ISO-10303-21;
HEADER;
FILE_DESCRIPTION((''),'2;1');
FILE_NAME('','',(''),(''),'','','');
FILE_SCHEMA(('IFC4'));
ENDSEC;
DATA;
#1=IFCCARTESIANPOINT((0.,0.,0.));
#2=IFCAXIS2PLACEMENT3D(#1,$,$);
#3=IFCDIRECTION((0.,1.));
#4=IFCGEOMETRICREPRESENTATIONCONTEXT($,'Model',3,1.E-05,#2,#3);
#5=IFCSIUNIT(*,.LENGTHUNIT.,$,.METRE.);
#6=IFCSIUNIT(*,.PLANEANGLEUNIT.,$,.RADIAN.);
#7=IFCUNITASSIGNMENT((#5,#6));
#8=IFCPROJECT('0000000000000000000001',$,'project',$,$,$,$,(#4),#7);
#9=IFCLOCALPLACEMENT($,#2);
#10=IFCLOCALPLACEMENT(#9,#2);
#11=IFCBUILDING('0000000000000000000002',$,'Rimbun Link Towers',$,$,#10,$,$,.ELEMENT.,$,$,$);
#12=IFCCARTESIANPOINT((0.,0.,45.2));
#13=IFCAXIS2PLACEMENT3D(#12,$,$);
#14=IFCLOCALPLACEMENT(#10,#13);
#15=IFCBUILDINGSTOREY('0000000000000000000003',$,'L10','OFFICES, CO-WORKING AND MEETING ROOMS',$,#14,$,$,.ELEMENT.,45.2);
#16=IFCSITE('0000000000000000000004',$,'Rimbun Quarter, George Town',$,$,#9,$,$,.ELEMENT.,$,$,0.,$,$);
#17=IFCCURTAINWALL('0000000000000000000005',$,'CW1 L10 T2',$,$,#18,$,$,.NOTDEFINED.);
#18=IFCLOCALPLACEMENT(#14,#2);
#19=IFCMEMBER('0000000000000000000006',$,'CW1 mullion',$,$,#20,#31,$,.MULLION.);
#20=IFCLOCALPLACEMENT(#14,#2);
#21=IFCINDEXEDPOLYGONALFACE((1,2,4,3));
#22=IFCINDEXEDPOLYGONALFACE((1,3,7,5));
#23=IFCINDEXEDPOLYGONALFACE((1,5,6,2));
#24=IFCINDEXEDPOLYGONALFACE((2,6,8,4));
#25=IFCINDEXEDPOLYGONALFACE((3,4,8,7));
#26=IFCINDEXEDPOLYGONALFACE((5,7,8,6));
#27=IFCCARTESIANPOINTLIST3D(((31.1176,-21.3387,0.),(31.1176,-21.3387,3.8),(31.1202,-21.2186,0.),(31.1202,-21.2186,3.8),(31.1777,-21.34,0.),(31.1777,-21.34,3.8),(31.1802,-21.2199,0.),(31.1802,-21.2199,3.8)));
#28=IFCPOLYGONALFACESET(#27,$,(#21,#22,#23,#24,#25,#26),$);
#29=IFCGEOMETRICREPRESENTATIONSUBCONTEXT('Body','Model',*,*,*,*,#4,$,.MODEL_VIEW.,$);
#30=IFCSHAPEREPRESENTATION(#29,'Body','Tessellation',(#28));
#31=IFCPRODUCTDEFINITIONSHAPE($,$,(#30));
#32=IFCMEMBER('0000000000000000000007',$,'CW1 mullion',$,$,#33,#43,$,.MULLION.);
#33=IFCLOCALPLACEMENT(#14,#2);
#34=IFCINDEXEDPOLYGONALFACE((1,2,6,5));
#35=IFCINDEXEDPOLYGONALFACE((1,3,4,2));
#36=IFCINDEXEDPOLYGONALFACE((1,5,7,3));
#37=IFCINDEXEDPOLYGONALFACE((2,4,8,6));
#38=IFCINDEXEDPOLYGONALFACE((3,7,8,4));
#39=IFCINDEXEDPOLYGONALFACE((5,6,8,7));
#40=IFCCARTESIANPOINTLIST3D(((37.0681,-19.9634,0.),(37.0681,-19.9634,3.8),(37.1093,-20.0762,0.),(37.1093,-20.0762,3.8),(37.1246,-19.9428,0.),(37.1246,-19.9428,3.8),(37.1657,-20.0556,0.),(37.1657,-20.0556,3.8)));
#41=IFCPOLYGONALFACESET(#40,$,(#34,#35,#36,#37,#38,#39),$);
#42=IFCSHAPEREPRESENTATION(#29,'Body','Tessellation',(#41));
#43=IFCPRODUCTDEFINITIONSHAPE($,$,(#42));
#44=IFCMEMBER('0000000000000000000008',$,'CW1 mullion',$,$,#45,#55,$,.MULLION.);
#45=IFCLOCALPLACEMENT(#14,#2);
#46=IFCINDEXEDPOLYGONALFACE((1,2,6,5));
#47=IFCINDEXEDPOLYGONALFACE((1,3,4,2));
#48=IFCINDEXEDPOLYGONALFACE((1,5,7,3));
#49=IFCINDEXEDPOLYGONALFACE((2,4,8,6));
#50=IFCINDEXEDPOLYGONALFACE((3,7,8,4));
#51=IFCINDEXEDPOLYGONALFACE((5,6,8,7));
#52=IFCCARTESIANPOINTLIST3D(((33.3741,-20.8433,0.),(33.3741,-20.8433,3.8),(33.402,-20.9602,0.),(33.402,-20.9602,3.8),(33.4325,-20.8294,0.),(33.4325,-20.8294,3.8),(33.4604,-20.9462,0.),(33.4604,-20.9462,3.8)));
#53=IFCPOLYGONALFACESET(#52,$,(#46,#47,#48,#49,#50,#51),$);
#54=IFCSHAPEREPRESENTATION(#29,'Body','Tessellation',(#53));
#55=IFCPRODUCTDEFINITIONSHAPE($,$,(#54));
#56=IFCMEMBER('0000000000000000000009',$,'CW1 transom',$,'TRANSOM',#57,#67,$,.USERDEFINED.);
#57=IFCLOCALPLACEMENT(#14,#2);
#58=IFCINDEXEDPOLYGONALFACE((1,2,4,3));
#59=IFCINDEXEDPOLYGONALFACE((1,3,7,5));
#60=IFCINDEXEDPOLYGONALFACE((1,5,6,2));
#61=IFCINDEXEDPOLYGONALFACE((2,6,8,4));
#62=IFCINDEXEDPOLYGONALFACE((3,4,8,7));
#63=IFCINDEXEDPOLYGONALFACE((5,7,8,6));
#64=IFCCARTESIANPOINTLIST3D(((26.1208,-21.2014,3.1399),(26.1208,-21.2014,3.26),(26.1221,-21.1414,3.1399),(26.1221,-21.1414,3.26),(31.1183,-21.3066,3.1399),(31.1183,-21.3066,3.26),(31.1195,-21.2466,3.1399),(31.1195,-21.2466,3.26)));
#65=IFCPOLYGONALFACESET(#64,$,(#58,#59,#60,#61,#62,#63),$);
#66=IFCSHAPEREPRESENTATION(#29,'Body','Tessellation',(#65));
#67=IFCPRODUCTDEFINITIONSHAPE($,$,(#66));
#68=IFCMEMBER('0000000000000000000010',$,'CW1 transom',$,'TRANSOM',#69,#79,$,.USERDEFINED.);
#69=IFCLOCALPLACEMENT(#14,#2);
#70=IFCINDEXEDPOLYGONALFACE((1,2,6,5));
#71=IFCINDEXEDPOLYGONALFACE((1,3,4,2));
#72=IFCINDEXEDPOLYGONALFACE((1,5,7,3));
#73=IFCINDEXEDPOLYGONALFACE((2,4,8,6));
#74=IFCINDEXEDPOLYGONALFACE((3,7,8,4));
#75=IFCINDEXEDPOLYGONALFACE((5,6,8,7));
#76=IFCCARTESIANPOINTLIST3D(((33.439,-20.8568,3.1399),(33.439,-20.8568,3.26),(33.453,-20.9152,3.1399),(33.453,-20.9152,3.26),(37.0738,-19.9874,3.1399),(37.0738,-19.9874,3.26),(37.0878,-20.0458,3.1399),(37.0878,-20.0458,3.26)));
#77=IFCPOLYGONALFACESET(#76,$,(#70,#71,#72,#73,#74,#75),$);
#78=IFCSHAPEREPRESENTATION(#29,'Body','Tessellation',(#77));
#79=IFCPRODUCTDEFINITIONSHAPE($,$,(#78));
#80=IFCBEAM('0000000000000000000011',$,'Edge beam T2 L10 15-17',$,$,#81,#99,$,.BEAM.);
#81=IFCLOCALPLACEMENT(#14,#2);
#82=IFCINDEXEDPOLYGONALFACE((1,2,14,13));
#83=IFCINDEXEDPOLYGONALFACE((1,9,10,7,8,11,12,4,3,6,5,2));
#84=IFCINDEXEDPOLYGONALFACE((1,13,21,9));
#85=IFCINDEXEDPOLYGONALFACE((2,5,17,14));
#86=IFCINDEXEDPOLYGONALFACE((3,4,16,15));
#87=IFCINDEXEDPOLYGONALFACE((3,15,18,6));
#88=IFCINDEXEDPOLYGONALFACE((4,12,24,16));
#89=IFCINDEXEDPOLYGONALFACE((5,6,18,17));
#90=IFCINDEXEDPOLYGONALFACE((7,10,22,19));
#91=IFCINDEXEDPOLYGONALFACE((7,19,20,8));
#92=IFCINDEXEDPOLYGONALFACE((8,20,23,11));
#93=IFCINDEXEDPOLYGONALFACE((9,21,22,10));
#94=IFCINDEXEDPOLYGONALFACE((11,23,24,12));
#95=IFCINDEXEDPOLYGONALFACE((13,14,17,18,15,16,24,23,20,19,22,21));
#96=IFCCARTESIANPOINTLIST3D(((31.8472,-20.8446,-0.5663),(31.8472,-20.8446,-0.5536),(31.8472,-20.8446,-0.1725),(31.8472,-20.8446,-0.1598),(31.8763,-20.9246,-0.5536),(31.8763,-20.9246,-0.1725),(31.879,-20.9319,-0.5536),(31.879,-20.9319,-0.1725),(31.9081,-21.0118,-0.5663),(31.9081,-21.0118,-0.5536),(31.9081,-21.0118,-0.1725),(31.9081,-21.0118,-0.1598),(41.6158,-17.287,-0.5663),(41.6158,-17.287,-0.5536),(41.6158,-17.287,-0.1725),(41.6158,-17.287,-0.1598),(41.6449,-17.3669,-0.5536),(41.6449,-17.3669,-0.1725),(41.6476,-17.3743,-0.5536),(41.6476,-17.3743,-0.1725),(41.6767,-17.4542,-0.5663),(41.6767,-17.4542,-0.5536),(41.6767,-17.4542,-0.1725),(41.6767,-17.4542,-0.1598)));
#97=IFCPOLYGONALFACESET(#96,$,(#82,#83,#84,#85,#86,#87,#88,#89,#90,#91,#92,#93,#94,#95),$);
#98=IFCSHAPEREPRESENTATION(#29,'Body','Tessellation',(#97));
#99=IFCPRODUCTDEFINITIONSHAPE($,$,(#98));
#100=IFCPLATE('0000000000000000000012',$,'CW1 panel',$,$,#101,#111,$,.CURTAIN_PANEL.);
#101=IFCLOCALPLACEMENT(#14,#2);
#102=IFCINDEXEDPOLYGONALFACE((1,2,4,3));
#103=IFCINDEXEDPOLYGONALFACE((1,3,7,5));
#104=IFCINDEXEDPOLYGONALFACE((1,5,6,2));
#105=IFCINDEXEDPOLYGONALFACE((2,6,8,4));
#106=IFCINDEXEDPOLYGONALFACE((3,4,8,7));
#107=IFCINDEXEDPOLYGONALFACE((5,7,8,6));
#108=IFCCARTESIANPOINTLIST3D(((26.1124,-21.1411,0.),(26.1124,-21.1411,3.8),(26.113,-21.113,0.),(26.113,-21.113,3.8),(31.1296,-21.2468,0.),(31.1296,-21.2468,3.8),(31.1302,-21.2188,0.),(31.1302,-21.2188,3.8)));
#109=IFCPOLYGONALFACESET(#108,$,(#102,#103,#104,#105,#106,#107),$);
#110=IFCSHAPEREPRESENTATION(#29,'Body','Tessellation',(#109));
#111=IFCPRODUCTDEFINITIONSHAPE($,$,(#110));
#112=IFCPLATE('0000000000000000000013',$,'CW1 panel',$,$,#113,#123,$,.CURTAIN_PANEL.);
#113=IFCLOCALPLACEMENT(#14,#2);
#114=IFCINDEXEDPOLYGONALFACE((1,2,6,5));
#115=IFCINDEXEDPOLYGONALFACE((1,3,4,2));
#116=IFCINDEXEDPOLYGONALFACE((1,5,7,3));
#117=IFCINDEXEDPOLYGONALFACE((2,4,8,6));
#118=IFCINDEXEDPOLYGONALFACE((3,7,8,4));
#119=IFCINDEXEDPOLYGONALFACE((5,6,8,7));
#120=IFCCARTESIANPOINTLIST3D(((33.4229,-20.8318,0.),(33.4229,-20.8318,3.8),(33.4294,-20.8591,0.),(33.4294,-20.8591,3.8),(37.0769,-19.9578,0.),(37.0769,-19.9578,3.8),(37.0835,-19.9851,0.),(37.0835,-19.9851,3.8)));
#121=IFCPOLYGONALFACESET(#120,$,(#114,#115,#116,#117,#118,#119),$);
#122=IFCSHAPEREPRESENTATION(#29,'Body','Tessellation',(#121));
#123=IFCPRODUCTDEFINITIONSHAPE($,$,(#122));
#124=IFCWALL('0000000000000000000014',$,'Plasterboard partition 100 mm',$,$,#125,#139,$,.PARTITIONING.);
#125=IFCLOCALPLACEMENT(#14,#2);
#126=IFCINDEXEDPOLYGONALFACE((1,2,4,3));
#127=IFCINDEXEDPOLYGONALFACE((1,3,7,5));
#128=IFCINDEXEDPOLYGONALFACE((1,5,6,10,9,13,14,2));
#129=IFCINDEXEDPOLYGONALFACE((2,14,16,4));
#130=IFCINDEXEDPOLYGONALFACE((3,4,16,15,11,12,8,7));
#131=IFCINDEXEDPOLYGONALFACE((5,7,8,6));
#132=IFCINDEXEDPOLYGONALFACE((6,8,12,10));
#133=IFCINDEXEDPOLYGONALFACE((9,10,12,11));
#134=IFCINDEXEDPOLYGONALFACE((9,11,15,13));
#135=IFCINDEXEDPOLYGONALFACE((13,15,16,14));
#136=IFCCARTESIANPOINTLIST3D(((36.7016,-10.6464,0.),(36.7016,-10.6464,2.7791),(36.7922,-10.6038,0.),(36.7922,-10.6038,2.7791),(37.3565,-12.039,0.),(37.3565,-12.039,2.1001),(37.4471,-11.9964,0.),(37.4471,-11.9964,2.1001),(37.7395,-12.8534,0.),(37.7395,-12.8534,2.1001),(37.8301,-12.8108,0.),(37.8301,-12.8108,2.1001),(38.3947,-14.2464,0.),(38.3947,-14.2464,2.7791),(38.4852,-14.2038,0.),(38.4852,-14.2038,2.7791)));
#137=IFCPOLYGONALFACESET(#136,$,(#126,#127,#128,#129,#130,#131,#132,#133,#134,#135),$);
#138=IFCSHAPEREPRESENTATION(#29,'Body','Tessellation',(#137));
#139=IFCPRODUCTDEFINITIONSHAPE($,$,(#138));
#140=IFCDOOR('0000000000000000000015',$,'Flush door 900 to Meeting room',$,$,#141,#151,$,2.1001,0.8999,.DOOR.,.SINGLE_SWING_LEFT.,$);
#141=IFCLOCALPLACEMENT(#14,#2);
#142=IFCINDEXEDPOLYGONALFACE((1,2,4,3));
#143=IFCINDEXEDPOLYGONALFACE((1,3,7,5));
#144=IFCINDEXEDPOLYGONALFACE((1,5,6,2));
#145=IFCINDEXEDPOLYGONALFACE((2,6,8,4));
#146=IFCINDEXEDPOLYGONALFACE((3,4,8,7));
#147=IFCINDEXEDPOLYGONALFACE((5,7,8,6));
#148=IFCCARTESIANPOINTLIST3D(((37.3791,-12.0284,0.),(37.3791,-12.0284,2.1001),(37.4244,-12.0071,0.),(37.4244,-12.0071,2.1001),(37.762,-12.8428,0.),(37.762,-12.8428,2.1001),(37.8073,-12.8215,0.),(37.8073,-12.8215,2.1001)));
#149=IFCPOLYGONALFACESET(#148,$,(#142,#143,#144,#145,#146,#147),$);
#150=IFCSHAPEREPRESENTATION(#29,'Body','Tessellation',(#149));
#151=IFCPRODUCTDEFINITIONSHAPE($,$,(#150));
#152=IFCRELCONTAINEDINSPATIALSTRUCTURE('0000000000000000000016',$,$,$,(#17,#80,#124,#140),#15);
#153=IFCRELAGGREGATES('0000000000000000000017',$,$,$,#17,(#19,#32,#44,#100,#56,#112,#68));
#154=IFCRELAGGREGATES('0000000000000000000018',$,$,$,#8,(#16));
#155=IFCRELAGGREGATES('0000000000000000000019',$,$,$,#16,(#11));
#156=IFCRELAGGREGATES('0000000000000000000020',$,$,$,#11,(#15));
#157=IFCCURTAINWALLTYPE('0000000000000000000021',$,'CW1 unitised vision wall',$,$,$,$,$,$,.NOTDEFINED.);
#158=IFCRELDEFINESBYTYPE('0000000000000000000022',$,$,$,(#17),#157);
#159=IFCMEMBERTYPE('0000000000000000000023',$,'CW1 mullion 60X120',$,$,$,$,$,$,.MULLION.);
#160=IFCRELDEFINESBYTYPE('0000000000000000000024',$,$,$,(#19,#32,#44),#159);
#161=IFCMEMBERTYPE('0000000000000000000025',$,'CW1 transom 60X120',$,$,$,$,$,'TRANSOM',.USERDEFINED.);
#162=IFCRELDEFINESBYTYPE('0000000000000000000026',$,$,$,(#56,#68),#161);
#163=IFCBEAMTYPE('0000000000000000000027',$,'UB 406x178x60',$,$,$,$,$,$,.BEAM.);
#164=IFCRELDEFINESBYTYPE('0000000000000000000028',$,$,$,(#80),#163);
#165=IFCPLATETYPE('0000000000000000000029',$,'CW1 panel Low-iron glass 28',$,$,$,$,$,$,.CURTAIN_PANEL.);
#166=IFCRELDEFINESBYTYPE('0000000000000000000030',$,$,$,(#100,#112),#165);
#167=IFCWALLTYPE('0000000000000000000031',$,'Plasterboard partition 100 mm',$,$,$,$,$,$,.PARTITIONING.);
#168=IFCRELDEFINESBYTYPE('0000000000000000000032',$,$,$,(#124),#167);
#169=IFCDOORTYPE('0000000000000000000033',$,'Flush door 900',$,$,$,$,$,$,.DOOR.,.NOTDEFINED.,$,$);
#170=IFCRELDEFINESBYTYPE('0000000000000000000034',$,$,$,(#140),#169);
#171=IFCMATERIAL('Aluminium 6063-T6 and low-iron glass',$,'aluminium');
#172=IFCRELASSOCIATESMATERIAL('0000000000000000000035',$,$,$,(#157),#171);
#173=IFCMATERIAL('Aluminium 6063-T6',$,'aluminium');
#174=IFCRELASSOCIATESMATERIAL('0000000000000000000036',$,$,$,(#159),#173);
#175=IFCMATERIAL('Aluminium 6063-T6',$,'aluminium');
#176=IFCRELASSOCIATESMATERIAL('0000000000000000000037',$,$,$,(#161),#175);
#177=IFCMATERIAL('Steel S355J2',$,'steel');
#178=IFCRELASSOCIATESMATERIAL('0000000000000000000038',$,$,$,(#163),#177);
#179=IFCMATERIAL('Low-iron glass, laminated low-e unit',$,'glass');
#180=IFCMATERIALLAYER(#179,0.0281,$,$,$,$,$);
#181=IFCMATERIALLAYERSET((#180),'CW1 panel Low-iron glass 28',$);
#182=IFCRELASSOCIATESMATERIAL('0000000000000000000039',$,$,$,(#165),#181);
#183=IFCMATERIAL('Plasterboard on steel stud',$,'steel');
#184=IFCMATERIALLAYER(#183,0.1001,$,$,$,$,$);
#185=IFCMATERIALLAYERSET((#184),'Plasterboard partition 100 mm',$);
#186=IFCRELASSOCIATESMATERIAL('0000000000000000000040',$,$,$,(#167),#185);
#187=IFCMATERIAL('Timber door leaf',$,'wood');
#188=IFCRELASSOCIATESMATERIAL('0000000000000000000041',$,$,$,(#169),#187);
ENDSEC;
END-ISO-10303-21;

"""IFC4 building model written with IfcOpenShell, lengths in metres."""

from ifc_helpers import new_model, si_unit, direction, frame, frame_2d, origin, origin_2d, place, context, subcontext, project, spatial, rectangle, i_section, extrude, material, layer, layer_set, material_profile, profile_set, type_object, element, fill, aggregate, save


model = new_model("IFC4")

# Units and contexts
model_context = context("Model", 3, precision=1e-05, world=origin(), true_north=direction((0.0, 1.0)))
body_context = subcontext(model_context, "Body", "Model", "MODEL_VIEW")
ifc_project = project(units=[si_unit("LENGTHUNIT", "METRE"), si_unit("PLANEANGLEUNIT", "RADIAN")], contexts=[model_context])

# Site, building, storey
site_placement = place(None, origin())
site = spatial("IfcSite", under=ifc_project, at=site_placement, Name="Rimbun Quarter, George Town", CompositionType="ELEMENT", RefElevation=0.0)
building_placement = place(site_placement, origin())
building = spatial("IfcBuilding", under=site, at=building_placement, Name="Rimbun Link Towers", CompositionType="ELEMENT")
storey_placement = place(building_placement, frame((0.0, 0.0, 45.2)))
storey = spatial("IfcBuildingStorey", under=building, at=storey_placement, Name="L10", Description="OFFICES, CO-WORKING AND MEETING ROOMS", CompositionType="ELEMENT", Elevation=45.2)

# Curtain wall, members
ifc_material_1 = material(Name="Aluminium 6063-T6 and low-iron glass", Category="aluminium")
curtain_wall_type = type_object("IfcCurtainWallType", Name="CW1 unitised vision wall", PredefinedType="NOTDEFINED", material=ifc_material_1)
curtain_wall_placement = place(storey_placement, origin())
curtain_wall = element("IfcCurtainWall", 1, at=curtain_wall_placement, inside=storey, type_object=curtain_wall_type, Name="CW1 L10 T2", PredefinedType="NOTDEFINED")
ifc_material_2 = material(Name="Aluminium 6063-T6", Category="aluminium")
ifc_material_profile_1 = material_profile(ifc_material_2, rectangle(XDim=0.1201, YDim=0.0601, at=origin_2d()), Name="MULLION 60X120")
ifc_profile_set_1 = profile_set([ifc_material_profile_1], Name="Aluminium 6063-T6")
member_type_1 = type_object("IfcMemberType", Name="CW1 mullion 60X120", PredefinedType="MULLION", material=ifc_profile_set_1)
member_1_placement = place(storey_placement, frame((31.1489, -21.2793, 0.0), z_axis=(0.0, 0.0, 1.0), x_axis=(-0.021066, -0.999778, 0.0)))
member_1 = element("IfcMember", 2, at=member_1_placement, type_object=member_type_1, Name="CW1 mullion", PredefinedType="MULLION", context=body_context, shape_type="SweptSolid", body=[
    extrude(rectangle(XDim=0.1201, YDim=0.0601, at=origin_2d()), origin(), (0.0, 0.0, 1.0), 3.8),
])
member_2_placement = place(storey_placement, frame((37.1169, -20.0095, 0.0), z_axis=(0.0, 0.0, 1.0), x_axis=(0.342966, -0.939348, 0.0)))
member_2 = element("IfcMember", 3, at=member_2_placement, type_object=member_type_1, Name="CW1 mullion", PredefinedType="MULLION", context=body_context, shape_type="SweptSolid", body=[
    extrude(rectangle(XDim=0.1201, YDim=0.0601, at=origin_2d()), origin(), (0.0, 0.0, 1.0), 3.8),
])
member_3_placement = place(storey_placement, frame((33.4172, -20.8948, 0.0), z_axis=(0.0, 0.0, 1.0), x_axis=(0.23261, -0.97257, 0.0)))
member_3 = element("IfcMember", 4, at=member_3_placement, type_object=member_type_1, Name="CW1 mullion", PredefinedType="MULLION", context=body_context, shape_type="SweptSolid", body=[
    extrude(rectangle(XDim=0.1201, YDim=0.0601, at=origin_2d()), origin(), (0.0, 0.0, 1.0), 3.8),
])
ifc_material_3 = material(Name="Aluminium 6063-T6", Category="aluminium")
ifc_material_profile_2 = material_profile(ifc_material_3, rectangle(XDim=0.0601, YDim=0.1201, at=origin_2d()), Name="TRANSOM 60X120")
ifc_profile_set_2 = profile_set([ifc_material_profile_2], Name="Aluminium 6063-T6")
member_type_2 = type_object("IfcMemberType", Name="CW1 transom 60X120", ElementType="TRANSOM", PredefinedType="USERDEFINED", material=ifc_profile_set_2)
member_4_placement = place(storey_placement, frame((31.1189, -21.2766, 3.2), z_axis=(-0.999778, 0.021052, 0.0), x_axis=(-0.021052, -0.999778, 0.0)))
member_4 = element("IfcMember", 5, at=member_4_placement, type_object=member_type_2, Name="CW1 transom", ObjectType="TRANSOM", PredefinedType="USERDEFINED", context=body_context, shape_type="SweptSolid", body=[
    extrude(rectangle(XDim=0.0601, YDim=0.1201, at=origin_2d()), origin(), (0.0, 0.0, 1.0), 4.9985),
])
member_5_placement = place(storey_placement, frame((37.0808, -20.0166, 3.2), z_axis=(-0.972567, -0.232624, 0.0), x_axis=(0.232624, -0.972567, 0.0)))
member_5 = element("IfcMember", 6, at=member_5_placement, type_object=member_type_2, Name="CW1 transom", ObjectType="TRANSOM", PredefinedType="USERDEFINED", context=body_context, shape_type="SweptSolid", body=[
    extrude(rectangle(XDim=0.0601, YDim=0.1201, at=origin_2d()), origin(), (0.0, 0.0, 1.0), 3.7373),
])

# Beam
ifc_material_4 = material(Name="Steel S355J2", Category="steel")
ifc_material_profile_3 = material_profile(ifc_material_4, i_section(OverallWidth=0.178, OverallDepth=0.4065, WebThickness=0.0078, FlangeThickness=0.0127, at=origin_2d()), Name="UB 406x178x60")
ifc_profile_set_3 = profile_set([ifc_material_profile_3], Name="Steel S355J2")
beam_type = type_object("IfcBeamType", Name="UB 406x178x60", PredefinedType="BEAM", material=ifc_profile_set_3)
beam_placement = place(storey_placement, frame((31.8777, -20.9282, -0.363), z_axis=(0.939626, 0.342203, 0.0), x_axis=(-0.342203, 0.939626, 0.0)))
element("IfcBeam", 7, at=beam_placement, inside=storey, type_object=beam_type, Name="Edge beam T2 L10 15-17", PredefinedType="BEAM", context=body_context, shape_type="SweptSolid", body=[
    extrude(i_section(OverallWidth=0.178, OverallDepth=0.4065, WebThickness=0.0078, FlangeThickness=0.0127, at=origin_2d()), origin(), (0.0, 0.0, 1.0), 10.3962),
])

# Plates
ifc_material_5 = material(Name="Low-iron glass, laminated low-e unit", Category="glass")
ifc_layer_1 = layer(ifc_material_5, 0.0281)
ifc_layer_set_1 = layer_set([ifc_layer_1], Name="CW1 panel Low-iron glass 28")
plate_type = type_object("IfcPlateType", Name="CW1 panel Low-iron glass 28", PredefinedType="CURTAIN_PANEL", material=ifc_layer_set_1)
plate_1_placement = place(storey_placement, frame((28.6213, -21.1799, 0.0), z_axis=(0.0, 0.0, 1.0), x_axis=(-0.999778, 0.021066, 0.0)))
plate_1 = element("IfcPlate", 8, at=plate_1_placement, type_object=plate_type, Name="CW1 panel", PredefinedType="CURTAIN_PANEL", context=body_context, shape_type="SweptSolid", body=[
    extrude(rectangle(XDim=5.0183, YDim=0.0281, at=origin_2d()), origin(), (0.0, 0.0, 1.0), 3.8),
])
plate_2_placement = place(storey_placement, frame((35.2532, -20.4084, 0.0), z_axis=(0.0, 0.0, 1.0), x_axis=(-0.97257, -0.23261, 0.0)))
plate_2 = element("IfcPlate", 9, at=plate_2_placement, type_object=plate_type, Name="CW1 panel", PredefinedType="CURTAIN_PANEL", context=body_context, shape_type="SweptSolid", body=[
    extrude(rectangle(XDim=3.7571, YDim=0.0281, at=origin_2d()), origin(), (0.0, 0.0, 1.0), 3.8),
])
aggregate(curtain_wall, [member_1, member_2, member_3, plate_1, member_4, plate_2, member_5])

# Wall, opening, door
ifc_material_6 = material(Name="Plasterboard on steel stud", Category="steel")
ifc_layer_2 = layer(ifc_material_6, 0.1001)
ifc_layer_set_2 = layer_set([ifc_layer_2], Name="Plasterboard partition 100 mm")
wall_type = type_object("IfcWallType", Name="Plasterboard partition 100 mm", PredefinedType="PARTITIONING", material=ifc_layer_set_2)
wall_1_placement = place(storey_placement, frame((36.7468, -10.625, 0.0), z_axis=(0.0, 0.0, 1.0), x_axis=(0.425581, -0.90492, 0.0)))
wall_1 = element("IfcWall", 10, at=wall_1_placement, inside=storey, type_object=wall_type, Name="Plasterboard partition 100 mm", PredefinedType="PARTITIONING", context=body_context, shape_type="SweptSolid", body=[
    extrude(rectangle(XDim=3.9783, YDim=0.1001, at=frame_2d((1.9893, 0.0))), origin(), (0.0, 0.0, 1.0), 2.7791),
])
opening_1_placement = place(wall_1_placement, frame((1.5391, 0.0, 0.0)))
opening_1 = element("IfcOpeningElement", 11, at=opening_1_placement, cuts=wall_1, PredefinedType="OPENING", context=body_context, shape_type="SweptSolid", body=[
    extrude(rectangle(XDim=0.8999, YDim=2.1001, at=frame_2d((0.45, 1.05))), frame((0.0, 0.0601, 0.0), z_axis=(0.0, -1.0, 0.0), x_axis=(1.0, 0.0, 0.0)), (0.0, 0.0, 1.0), 0.1201),
])
ifc_material_7 = material(Name="Timber door leaf", Category="wood")
door_type_1 = type_object("IfcDoorType", Name="Flush door 900", OperationType="NOTDEFINED", PredefinedType="DOOR", material=ifc_material_7)
door_1_placement = place(opening_1_placement, origin())
door_1 = element("IfcDoor", 12, at=door_1_placement, inside=storey, type_object=door_type_1, Name="Flush door 900 to Meeting room", OperationType="SINGLE_SWING_LEFT", OverallHeight=2.1001, OverallWidth=0.8999, PredefinedType="DOOR", context=body_context, shape_type="SweptSolid", body=[
    extrude(rectangle(XDim=0.8999, YDim=2.1001, at=frame_2d((0.45, 1.05))), frame((0.0, 0.0249, 0.0), z_axis=(0.0, -1.0, 0.0), x_axis=(1.0, 0.0, 0.0)), (0.0, 0.0, 1.0), 0.05),
])
fill(opening_1, door_1)

save(model, "model.ifc")
